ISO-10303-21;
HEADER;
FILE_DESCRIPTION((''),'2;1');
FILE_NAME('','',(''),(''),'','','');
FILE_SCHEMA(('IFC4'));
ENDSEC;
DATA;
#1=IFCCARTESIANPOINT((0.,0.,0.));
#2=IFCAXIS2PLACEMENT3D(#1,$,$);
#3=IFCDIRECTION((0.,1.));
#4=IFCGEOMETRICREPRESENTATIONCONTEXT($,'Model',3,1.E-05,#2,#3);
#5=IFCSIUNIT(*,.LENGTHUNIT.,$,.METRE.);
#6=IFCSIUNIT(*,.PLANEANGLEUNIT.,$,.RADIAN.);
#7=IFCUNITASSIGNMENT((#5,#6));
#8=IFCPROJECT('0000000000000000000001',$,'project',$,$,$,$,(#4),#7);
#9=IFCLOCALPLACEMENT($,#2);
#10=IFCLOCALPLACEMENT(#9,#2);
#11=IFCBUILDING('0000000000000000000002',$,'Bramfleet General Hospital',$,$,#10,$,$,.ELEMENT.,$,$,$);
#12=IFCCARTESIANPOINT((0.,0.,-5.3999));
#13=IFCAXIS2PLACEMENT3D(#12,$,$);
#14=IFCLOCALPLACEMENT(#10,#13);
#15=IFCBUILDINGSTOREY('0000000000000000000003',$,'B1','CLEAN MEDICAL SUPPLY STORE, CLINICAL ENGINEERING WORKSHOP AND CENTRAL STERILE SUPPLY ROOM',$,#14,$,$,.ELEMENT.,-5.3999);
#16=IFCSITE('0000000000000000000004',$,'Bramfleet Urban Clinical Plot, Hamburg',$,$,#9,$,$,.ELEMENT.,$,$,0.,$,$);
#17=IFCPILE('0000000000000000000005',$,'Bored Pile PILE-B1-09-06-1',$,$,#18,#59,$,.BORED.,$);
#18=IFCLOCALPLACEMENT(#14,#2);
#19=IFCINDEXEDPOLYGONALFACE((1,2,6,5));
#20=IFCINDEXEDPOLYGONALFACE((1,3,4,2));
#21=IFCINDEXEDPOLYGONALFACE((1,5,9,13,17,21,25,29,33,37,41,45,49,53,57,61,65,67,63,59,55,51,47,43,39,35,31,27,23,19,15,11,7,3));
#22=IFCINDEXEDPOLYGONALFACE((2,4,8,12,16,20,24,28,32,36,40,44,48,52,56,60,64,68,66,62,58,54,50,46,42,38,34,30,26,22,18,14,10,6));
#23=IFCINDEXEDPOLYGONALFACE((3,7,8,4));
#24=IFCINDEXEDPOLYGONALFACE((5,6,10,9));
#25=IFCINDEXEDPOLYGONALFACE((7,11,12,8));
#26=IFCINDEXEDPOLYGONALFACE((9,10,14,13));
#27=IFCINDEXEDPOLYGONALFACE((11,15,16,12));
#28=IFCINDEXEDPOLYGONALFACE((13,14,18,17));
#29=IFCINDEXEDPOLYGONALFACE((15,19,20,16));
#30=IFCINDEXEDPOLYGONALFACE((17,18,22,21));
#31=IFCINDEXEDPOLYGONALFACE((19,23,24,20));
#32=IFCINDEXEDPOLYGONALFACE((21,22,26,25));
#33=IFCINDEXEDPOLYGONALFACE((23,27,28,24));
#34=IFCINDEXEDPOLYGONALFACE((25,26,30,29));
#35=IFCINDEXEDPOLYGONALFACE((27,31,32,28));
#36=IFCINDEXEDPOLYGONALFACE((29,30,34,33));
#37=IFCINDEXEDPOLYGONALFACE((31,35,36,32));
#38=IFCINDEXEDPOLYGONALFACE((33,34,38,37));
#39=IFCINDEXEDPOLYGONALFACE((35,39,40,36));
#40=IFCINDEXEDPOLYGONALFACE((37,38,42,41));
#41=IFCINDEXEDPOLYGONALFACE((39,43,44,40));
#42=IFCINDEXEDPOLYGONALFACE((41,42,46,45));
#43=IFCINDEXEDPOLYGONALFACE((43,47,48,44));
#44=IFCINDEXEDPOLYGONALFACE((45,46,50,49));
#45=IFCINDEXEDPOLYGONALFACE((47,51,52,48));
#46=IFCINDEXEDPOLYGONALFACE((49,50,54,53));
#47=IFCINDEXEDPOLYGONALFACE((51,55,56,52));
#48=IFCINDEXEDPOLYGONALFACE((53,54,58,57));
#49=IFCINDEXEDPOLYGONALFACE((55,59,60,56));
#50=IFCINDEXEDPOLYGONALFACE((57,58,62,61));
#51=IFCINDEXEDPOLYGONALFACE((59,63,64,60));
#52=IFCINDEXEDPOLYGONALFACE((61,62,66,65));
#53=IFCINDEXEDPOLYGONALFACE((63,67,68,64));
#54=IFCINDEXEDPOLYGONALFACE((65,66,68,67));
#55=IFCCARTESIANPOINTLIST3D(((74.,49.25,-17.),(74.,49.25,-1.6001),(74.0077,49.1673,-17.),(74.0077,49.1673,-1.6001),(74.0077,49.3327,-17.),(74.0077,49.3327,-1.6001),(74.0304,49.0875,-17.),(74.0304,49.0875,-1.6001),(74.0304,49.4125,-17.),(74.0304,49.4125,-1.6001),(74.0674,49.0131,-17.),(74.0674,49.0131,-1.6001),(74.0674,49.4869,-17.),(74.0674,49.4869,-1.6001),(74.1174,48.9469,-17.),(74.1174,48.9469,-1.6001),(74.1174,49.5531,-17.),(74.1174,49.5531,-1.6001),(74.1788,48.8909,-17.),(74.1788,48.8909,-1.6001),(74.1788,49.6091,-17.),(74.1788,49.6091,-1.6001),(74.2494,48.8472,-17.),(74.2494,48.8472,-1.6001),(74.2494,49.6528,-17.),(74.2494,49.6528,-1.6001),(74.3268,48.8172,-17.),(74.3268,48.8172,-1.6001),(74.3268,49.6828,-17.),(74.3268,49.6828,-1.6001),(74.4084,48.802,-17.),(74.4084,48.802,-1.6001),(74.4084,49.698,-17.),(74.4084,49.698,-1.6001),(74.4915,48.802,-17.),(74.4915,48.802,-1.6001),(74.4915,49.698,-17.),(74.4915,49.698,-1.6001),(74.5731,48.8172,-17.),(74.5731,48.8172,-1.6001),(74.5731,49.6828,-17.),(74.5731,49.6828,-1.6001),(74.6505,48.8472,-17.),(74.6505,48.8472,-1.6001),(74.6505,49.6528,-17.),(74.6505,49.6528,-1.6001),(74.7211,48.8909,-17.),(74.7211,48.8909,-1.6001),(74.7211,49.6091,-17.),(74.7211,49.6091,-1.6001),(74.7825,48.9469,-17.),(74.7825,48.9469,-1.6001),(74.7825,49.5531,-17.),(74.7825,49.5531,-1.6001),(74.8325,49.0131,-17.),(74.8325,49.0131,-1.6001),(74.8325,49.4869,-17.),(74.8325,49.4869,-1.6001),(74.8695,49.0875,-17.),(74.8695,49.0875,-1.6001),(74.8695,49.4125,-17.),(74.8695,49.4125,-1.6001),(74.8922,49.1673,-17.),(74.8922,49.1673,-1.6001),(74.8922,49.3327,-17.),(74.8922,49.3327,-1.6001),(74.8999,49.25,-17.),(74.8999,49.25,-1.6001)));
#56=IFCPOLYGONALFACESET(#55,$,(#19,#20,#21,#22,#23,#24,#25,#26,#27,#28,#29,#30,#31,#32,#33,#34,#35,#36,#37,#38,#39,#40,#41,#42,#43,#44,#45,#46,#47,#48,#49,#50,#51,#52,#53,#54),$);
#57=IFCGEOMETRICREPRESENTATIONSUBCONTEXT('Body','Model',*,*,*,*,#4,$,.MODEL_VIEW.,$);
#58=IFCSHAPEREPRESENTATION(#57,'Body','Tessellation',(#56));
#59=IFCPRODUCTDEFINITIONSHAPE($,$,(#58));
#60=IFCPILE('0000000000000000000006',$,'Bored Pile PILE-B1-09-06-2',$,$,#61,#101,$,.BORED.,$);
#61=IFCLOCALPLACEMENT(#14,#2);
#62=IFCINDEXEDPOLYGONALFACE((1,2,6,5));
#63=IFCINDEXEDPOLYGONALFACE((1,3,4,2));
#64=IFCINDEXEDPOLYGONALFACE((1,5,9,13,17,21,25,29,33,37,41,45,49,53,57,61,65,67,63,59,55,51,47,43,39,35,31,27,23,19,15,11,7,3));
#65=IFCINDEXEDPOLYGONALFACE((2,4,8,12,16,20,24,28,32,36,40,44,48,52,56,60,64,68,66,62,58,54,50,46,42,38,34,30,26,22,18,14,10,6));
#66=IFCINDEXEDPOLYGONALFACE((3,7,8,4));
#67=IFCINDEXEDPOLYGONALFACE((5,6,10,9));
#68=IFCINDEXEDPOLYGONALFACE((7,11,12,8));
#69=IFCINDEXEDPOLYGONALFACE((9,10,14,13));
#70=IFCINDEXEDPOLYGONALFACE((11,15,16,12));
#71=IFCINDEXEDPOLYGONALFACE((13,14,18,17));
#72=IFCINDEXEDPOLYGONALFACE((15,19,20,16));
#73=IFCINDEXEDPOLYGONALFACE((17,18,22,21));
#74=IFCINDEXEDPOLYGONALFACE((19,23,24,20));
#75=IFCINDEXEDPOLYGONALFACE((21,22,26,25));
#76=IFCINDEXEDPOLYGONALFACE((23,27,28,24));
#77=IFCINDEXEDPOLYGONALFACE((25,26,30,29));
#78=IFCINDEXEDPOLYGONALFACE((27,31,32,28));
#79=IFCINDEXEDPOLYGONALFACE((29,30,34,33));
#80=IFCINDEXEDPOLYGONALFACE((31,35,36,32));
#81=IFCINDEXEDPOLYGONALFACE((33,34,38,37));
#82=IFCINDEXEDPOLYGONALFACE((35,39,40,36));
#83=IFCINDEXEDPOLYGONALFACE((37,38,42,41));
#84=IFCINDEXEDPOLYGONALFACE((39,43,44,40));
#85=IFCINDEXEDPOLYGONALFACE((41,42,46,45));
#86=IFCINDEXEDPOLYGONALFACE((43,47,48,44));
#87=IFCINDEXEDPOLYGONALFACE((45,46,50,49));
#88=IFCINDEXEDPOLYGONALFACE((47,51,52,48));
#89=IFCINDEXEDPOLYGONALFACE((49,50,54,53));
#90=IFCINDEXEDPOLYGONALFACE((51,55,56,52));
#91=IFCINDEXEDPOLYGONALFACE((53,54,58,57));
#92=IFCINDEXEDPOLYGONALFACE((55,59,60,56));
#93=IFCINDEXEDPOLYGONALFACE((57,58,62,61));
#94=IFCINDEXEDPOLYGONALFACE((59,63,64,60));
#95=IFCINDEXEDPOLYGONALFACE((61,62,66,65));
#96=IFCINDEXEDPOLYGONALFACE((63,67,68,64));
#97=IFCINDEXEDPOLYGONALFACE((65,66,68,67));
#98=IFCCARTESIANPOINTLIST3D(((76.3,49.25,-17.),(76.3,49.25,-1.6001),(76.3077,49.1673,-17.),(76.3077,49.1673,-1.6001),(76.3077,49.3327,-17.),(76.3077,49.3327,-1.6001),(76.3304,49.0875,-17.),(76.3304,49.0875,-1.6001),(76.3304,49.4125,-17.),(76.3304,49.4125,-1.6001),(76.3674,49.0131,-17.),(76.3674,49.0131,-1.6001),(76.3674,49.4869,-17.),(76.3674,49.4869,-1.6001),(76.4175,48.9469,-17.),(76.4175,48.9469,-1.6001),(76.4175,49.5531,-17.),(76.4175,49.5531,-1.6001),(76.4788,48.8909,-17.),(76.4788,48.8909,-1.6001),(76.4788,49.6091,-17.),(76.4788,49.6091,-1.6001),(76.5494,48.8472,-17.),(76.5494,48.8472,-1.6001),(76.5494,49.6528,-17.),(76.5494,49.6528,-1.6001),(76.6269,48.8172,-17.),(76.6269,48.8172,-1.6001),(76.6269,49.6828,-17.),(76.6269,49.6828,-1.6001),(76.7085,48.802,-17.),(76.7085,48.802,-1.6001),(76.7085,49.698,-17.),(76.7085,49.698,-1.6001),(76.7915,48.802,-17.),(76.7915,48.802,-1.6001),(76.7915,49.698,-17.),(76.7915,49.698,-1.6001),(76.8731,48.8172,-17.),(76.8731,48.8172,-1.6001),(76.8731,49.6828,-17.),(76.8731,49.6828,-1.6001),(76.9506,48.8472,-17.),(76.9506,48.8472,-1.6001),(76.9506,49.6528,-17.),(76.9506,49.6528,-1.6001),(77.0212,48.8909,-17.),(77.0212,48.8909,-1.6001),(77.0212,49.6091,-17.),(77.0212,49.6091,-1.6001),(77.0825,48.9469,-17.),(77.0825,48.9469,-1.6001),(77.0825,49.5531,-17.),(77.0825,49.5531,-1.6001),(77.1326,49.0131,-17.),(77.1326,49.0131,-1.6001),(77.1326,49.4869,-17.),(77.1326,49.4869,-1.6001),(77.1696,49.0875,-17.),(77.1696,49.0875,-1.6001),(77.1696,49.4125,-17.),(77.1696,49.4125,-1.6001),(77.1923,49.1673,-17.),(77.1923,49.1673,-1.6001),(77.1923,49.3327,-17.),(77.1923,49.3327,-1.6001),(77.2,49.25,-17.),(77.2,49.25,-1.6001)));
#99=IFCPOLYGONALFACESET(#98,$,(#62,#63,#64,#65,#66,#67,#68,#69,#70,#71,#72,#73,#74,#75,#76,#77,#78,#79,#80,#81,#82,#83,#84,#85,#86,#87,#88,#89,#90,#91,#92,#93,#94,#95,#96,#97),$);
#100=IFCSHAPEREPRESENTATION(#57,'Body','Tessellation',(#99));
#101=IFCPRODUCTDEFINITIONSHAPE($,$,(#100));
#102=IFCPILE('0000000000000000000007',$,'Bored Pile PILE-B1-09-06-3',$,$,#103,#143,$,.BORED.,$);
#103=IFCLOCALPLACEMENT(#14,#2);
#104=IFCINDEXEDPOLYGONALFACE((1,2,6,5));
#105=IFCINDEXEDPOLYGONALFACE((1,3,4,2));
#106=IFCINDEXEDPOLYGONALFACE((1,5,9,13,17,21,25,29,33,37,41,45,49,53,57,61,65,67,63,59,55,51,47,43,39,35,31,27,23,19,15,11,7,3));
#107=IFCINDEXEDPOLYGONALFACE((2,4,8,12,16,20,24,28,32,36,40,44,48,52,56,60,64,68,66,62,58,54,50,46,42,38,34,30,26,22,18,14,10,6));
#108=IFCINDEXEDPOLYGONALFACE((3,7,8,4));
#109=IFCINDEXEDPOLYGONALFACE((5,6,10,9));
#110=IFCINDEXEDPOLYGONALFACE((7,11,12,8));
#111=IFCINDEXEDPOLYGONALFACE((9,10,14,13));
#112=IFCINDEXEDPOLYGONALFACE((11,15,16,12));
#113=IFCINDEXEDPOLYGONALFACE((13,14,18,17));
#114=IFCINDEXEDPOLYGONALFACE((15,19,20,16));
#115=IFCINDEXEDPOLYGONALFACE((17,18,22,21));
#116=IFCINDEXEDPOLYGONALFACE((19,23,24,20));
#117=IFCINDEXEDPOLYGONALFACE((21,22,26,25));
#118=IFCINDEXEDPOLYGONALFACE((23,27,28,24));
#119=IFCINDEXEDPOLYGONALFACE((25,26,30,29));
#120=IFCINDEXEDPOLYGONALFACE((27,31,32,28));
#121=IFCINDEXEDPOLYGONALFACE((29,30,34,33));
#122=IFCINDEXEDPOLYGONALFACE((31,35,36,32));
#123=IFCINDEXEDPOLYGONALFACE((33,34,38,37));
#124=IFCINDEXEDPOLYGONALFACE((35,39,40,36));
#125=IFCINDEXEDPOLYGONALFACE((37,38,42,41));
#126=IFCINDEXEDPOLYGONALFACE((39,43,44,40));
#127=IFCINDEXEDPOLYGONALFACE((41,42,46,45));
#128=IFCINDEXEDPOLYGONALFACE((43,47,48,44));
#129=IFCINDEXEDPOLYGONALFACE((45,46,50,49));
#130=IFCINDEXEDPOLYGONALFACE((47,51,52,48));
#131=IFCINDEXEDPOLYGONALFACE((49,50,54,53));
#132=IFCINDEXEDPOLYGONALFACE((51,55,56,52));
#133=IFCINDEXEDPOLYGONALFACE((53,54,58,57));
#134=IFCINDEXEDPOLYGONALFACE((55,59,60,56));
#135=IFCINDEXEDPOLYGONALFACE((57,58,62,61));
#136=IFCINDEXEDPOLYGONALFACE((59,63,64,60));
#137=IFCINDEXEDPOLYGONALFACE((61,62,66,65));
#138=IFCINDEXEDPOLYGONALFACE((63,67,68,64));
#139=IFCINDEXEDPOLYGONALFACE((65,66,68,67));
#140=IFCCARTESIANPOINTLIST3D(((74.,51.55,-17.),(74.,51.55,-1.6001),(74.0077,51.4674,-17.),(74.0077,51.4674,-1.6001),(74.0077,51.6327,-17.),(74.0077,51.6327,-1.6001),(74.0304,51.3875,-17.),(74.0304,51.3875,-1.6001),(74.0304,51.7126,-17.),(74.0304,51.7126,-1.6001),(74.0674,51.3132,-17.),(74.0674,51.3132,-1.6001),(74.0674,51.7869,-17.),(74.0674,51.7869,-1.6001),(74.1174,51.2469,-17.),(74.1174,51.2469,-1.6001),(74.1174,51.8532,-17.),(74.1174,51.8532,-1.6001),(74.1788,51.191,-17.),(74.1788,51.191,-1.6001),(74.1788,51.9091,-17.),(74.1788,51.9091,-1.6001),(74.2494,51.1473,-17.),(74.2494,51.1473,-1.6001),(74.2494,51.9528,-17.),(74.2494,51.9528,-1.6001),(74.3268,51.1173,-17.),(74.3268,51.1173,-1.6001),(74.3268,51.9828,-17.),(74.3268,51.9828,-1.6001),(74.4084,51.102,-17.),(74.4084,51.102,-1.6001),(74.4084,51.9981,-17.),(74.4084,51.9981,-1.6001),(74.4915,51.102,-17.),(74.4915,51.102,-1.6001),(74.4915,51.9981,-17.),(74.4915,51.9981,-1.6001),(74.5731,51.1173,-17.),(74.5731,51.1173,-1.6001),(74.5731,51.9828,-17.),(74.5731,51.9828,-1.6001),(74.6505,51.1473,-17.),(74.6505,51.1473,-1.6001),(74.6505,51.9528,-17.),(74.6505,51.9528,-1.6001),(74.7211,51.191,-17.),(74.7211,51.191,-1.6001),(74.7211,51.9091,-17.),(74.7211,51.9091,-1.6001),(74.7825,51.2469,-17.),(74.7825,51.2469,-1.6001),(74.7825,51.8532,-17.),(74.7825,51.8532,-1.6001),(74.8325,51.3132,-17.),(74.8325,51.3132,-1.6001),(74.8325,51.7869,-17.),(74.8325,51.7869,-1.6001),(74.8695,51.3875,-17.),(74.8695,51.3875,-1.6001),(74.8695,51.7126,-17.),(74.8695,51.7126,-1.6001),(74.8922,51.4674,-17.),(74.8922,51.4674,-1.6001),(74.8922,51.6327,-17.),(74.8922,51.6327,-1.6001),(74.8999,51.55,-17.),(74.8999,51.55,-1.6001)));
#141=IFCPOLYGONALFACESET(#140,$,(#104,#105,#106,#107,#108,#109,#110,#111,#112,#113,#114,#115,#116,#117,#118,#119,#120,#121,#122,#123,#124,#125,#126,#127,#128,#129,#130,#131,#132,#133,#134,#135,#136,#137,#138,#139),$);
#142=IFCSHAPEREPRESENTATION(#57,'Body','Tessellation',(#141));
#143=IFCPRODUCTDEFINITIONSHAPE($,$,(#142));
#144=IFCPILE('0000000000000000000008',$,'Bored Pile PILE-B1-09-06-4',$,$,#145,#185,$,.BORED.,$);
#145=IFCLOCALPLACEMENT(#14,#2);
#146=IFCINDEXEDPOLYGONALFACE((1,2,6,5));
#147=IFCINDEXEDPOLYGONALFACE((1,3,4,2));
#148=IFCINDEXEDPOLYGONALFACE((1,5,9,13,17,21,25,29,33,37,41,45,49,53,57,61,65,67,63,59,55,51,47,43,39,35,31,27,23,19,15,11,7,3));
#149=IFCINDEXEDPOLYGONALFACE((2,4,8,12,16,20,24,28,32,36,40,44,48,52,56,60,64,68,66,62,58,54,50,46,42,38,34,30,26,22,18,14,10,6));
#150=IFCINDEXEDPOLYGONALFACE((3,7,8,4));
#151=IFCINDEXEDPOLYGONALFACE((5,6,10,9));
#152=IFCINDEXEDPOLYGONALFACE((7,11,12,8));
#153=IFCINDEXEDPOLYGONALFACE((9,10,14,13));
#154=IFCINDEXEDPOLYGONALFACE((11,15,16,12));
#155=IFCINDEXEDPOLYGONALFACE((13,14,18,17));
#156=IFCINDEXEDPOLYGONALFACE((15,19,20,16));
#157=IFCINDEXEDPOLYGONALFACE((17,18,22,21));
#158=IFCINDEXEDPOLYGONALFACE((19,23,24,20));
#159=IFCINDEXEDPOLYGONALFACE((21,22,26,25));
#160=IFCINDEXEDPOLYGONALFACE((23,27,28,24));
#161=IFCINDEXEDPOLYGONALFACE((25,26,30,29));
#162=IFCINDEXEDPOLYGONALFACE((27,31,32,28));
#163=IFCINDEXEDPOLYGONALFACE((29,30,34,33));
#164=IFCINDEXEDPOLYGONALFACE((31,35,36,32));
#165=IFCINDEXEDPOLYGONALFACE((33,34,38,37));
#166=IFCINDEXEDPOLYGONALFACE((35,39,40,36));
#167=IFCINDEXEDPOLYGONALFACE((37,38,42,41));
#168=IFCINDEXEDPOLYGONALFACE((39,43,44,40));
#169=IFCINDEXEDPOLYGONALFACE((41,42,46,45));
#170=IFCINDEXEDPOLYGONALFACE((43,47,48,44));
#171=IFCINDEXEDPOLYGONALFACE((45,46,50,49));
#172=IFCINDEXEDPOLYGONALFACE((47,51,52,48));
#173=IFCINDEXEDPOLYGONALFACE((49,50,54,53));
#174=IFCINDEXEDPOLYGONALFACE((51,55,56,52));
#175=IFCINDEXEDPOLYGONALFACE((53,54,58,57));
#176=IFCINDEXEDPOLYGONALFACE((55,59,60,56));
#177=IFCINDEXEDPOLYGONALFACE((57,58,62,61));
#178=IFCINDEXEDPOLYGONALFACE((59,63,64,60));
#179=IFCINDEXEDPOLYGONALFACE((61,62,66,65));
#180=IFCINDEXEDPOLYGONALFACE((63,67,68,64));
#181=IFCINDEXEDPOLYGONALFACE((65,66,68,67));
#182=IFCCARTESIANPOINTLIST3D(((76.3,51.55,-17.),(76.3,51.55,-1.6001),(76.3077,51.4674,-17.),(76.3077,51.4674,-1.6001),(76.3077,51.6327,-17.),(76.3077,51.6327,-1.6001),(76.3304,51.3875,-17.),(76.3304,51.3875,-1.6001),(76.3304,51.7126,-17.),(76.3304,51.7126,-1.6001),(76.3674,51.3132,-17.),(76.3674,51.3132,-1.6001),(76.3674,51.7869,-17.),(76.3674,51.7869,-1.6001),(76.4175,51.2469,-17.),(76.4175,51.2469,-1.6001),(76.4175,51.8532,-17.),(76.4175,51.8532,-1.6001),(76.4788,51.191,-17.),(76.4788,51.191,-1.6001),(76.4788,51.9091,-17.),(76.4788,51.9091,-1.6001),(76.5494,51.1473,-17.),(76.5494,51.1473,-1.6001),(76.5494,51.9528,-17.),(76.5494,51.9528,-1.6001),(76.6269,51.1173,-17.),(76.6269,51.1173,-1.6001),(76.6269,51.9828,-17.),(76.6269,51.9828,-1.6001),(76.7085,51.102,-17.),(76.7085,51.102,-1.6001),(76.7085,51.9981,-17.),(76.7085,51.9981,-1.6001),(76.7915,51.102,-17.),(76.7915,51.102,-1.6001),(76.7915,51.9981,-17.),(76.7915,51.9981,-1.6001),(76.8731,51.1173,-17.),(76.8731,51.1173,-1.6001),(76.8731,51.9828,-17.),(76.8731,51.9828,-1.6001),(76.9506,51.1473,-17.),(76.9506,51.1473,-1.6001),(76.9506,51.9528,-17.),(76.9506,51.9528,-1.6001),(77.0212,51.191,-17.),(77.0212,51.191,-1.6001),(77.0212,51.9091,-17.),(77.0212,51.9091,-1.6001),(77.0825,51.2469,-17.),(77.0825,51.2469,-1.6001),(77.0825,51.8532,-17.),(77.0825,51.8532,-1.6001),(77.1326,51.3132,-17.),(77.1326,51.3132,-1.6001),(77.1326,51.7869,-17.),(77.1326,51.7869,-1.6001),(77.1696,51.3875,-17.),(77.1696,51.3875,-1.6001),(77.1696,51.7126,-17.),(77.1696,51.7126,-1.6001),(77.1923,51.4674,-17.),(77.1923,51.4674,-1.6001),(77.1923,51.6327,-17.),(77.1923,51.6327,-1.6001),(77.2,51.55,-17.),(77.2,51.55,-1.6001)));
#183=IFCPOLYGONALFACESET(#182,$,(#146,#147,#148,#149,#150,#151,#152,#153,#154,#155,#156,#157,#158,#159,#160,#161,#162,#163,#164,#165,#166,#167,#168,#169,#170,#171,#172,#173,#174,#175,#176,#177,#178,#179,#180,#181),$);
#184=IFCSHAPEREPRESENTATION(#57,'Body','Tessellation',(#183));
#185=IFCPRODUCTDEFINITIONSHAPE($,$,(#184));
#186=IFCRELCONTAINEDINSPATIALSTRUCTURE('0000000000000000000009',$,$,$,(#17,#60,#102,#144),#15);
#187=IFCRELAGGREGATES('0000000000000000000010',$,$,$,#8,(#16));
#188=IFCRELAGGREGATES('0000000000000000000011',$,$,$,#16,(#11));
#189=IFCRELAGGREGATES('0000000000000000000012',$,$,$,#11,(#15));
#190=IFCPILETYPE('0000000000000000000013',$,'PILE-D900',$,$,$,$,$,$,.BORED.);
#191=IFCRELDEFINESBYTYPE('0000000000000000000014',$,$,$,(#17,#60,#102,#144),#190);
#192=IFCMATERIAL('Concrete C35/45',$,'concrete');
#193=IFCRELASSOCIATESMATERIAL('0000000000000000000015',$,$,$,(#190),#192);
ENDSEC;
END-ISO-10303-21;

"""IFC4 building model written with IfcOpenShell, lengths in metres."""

from ifc_helpers import new_model, si_unit, direction, frame, origin, origin_2d, place, context, subcontext, project, spatial, circle, extrude, material, material_profile, profile_set, type_object, element, save


model = new_model("IFC4")

# Units and contexts
model_context = context("Model", 3, precision=1e-05, world=origin(), true_north=direction((0.0, 1.0)))
body_context = subcontext(model_context, "Body", "Model", "MODEL_VIEW")
ifc_project = project(units=[si_unit("LENGTHUNIT", "METRE"), si_unit("PLANEANGLEUNIT", "RADIAN")], contexts=[model_context])

# Site, building, storey
site_placement = place(None, origin())
site = spatial("IfcSite", under=ifc_project, at=site_placement, Name="Bramfleet Urban Clinical Plot, Hamburg", CompositionType="ELEMENT", RefElevation=0.0)
building_placement = place(site_placement, origin())
building = spatial("IfcBuilding", under=site, at=building_placement, Name="Bramfleet General Hospital", CompositionType="ELEMENT")
storey_placement = place(building_placement, frame((0.0, 0.0, -5.3999)))
storey = spatial("IfcBuildingStorey", under=building, at=storey_placement, Name="B1", Description="CLEAN MEDICAL SUPPLY STORE, CLINICAL ENGINEERING WORKSHOP AND CENTRAL STERILE SUPPLY ROOM", CompositionType="ELEMENT", Elevation=-5.3999)

# Shared definitions
ifc_material_1 = material(Name="Concrete C35/45", Category="concrete")

# Piles
ifc_material_profile_1 = material_profile(ifc_material_1, circle(Radius=0.45, at=origin_2d()), Name="PILE BORED D900")
ifc_profile_set_1 = profile_set([ifc_material_profile_1], Name="Concrete C35/45")
pile_type_1 = type_object("IfcPileType", Name="PILE-D900", PredefinedType="BORED", material=ifc_profile_set_1)
for number, where, z_axis, x_axis, name in (
    (1, (74.45, 49.25, -1.6001), (0.0, 0.0, -1.0), (1.0, 0.0, 0.0), "Bored Pile PILE-B1-09-06-1"),
    (2, (76.75, 49.25, -1.6001), (0.0, 0.0, -1.0), (1.0, 0.0, 0.0), "Bored Pile PILE-B1-09-06-2"),
    (3, (74.45, 51.55, -1.6001), (0.0, 0.0, -1.0), (1.0, 0.0, 0.0), "Bored Pile PILE-B1-09-06-3"),
    (4, (76.75, 51.55, -1.6001), (0.0, 0.0, -1.0), (1.0, 0.0, 0.0), "Bored Pile PILE-B1-09-06-4"),
):
    element("IfcPile", number, at=place(storey_placement, frame(where, z_axis=z_axis, x_axis=x_axis)), inside=storey, type_object=pile_type_1, Name=name, PredefinedType="BORED", context=body_context, shape_type="SweptSolid", body=[
        extrude(circle(Radius=0.45, at=origin_2d()), origin(), (0.0, 0.0, 1.0), 15.3999),
    ])

save(model, "model.ifc")
